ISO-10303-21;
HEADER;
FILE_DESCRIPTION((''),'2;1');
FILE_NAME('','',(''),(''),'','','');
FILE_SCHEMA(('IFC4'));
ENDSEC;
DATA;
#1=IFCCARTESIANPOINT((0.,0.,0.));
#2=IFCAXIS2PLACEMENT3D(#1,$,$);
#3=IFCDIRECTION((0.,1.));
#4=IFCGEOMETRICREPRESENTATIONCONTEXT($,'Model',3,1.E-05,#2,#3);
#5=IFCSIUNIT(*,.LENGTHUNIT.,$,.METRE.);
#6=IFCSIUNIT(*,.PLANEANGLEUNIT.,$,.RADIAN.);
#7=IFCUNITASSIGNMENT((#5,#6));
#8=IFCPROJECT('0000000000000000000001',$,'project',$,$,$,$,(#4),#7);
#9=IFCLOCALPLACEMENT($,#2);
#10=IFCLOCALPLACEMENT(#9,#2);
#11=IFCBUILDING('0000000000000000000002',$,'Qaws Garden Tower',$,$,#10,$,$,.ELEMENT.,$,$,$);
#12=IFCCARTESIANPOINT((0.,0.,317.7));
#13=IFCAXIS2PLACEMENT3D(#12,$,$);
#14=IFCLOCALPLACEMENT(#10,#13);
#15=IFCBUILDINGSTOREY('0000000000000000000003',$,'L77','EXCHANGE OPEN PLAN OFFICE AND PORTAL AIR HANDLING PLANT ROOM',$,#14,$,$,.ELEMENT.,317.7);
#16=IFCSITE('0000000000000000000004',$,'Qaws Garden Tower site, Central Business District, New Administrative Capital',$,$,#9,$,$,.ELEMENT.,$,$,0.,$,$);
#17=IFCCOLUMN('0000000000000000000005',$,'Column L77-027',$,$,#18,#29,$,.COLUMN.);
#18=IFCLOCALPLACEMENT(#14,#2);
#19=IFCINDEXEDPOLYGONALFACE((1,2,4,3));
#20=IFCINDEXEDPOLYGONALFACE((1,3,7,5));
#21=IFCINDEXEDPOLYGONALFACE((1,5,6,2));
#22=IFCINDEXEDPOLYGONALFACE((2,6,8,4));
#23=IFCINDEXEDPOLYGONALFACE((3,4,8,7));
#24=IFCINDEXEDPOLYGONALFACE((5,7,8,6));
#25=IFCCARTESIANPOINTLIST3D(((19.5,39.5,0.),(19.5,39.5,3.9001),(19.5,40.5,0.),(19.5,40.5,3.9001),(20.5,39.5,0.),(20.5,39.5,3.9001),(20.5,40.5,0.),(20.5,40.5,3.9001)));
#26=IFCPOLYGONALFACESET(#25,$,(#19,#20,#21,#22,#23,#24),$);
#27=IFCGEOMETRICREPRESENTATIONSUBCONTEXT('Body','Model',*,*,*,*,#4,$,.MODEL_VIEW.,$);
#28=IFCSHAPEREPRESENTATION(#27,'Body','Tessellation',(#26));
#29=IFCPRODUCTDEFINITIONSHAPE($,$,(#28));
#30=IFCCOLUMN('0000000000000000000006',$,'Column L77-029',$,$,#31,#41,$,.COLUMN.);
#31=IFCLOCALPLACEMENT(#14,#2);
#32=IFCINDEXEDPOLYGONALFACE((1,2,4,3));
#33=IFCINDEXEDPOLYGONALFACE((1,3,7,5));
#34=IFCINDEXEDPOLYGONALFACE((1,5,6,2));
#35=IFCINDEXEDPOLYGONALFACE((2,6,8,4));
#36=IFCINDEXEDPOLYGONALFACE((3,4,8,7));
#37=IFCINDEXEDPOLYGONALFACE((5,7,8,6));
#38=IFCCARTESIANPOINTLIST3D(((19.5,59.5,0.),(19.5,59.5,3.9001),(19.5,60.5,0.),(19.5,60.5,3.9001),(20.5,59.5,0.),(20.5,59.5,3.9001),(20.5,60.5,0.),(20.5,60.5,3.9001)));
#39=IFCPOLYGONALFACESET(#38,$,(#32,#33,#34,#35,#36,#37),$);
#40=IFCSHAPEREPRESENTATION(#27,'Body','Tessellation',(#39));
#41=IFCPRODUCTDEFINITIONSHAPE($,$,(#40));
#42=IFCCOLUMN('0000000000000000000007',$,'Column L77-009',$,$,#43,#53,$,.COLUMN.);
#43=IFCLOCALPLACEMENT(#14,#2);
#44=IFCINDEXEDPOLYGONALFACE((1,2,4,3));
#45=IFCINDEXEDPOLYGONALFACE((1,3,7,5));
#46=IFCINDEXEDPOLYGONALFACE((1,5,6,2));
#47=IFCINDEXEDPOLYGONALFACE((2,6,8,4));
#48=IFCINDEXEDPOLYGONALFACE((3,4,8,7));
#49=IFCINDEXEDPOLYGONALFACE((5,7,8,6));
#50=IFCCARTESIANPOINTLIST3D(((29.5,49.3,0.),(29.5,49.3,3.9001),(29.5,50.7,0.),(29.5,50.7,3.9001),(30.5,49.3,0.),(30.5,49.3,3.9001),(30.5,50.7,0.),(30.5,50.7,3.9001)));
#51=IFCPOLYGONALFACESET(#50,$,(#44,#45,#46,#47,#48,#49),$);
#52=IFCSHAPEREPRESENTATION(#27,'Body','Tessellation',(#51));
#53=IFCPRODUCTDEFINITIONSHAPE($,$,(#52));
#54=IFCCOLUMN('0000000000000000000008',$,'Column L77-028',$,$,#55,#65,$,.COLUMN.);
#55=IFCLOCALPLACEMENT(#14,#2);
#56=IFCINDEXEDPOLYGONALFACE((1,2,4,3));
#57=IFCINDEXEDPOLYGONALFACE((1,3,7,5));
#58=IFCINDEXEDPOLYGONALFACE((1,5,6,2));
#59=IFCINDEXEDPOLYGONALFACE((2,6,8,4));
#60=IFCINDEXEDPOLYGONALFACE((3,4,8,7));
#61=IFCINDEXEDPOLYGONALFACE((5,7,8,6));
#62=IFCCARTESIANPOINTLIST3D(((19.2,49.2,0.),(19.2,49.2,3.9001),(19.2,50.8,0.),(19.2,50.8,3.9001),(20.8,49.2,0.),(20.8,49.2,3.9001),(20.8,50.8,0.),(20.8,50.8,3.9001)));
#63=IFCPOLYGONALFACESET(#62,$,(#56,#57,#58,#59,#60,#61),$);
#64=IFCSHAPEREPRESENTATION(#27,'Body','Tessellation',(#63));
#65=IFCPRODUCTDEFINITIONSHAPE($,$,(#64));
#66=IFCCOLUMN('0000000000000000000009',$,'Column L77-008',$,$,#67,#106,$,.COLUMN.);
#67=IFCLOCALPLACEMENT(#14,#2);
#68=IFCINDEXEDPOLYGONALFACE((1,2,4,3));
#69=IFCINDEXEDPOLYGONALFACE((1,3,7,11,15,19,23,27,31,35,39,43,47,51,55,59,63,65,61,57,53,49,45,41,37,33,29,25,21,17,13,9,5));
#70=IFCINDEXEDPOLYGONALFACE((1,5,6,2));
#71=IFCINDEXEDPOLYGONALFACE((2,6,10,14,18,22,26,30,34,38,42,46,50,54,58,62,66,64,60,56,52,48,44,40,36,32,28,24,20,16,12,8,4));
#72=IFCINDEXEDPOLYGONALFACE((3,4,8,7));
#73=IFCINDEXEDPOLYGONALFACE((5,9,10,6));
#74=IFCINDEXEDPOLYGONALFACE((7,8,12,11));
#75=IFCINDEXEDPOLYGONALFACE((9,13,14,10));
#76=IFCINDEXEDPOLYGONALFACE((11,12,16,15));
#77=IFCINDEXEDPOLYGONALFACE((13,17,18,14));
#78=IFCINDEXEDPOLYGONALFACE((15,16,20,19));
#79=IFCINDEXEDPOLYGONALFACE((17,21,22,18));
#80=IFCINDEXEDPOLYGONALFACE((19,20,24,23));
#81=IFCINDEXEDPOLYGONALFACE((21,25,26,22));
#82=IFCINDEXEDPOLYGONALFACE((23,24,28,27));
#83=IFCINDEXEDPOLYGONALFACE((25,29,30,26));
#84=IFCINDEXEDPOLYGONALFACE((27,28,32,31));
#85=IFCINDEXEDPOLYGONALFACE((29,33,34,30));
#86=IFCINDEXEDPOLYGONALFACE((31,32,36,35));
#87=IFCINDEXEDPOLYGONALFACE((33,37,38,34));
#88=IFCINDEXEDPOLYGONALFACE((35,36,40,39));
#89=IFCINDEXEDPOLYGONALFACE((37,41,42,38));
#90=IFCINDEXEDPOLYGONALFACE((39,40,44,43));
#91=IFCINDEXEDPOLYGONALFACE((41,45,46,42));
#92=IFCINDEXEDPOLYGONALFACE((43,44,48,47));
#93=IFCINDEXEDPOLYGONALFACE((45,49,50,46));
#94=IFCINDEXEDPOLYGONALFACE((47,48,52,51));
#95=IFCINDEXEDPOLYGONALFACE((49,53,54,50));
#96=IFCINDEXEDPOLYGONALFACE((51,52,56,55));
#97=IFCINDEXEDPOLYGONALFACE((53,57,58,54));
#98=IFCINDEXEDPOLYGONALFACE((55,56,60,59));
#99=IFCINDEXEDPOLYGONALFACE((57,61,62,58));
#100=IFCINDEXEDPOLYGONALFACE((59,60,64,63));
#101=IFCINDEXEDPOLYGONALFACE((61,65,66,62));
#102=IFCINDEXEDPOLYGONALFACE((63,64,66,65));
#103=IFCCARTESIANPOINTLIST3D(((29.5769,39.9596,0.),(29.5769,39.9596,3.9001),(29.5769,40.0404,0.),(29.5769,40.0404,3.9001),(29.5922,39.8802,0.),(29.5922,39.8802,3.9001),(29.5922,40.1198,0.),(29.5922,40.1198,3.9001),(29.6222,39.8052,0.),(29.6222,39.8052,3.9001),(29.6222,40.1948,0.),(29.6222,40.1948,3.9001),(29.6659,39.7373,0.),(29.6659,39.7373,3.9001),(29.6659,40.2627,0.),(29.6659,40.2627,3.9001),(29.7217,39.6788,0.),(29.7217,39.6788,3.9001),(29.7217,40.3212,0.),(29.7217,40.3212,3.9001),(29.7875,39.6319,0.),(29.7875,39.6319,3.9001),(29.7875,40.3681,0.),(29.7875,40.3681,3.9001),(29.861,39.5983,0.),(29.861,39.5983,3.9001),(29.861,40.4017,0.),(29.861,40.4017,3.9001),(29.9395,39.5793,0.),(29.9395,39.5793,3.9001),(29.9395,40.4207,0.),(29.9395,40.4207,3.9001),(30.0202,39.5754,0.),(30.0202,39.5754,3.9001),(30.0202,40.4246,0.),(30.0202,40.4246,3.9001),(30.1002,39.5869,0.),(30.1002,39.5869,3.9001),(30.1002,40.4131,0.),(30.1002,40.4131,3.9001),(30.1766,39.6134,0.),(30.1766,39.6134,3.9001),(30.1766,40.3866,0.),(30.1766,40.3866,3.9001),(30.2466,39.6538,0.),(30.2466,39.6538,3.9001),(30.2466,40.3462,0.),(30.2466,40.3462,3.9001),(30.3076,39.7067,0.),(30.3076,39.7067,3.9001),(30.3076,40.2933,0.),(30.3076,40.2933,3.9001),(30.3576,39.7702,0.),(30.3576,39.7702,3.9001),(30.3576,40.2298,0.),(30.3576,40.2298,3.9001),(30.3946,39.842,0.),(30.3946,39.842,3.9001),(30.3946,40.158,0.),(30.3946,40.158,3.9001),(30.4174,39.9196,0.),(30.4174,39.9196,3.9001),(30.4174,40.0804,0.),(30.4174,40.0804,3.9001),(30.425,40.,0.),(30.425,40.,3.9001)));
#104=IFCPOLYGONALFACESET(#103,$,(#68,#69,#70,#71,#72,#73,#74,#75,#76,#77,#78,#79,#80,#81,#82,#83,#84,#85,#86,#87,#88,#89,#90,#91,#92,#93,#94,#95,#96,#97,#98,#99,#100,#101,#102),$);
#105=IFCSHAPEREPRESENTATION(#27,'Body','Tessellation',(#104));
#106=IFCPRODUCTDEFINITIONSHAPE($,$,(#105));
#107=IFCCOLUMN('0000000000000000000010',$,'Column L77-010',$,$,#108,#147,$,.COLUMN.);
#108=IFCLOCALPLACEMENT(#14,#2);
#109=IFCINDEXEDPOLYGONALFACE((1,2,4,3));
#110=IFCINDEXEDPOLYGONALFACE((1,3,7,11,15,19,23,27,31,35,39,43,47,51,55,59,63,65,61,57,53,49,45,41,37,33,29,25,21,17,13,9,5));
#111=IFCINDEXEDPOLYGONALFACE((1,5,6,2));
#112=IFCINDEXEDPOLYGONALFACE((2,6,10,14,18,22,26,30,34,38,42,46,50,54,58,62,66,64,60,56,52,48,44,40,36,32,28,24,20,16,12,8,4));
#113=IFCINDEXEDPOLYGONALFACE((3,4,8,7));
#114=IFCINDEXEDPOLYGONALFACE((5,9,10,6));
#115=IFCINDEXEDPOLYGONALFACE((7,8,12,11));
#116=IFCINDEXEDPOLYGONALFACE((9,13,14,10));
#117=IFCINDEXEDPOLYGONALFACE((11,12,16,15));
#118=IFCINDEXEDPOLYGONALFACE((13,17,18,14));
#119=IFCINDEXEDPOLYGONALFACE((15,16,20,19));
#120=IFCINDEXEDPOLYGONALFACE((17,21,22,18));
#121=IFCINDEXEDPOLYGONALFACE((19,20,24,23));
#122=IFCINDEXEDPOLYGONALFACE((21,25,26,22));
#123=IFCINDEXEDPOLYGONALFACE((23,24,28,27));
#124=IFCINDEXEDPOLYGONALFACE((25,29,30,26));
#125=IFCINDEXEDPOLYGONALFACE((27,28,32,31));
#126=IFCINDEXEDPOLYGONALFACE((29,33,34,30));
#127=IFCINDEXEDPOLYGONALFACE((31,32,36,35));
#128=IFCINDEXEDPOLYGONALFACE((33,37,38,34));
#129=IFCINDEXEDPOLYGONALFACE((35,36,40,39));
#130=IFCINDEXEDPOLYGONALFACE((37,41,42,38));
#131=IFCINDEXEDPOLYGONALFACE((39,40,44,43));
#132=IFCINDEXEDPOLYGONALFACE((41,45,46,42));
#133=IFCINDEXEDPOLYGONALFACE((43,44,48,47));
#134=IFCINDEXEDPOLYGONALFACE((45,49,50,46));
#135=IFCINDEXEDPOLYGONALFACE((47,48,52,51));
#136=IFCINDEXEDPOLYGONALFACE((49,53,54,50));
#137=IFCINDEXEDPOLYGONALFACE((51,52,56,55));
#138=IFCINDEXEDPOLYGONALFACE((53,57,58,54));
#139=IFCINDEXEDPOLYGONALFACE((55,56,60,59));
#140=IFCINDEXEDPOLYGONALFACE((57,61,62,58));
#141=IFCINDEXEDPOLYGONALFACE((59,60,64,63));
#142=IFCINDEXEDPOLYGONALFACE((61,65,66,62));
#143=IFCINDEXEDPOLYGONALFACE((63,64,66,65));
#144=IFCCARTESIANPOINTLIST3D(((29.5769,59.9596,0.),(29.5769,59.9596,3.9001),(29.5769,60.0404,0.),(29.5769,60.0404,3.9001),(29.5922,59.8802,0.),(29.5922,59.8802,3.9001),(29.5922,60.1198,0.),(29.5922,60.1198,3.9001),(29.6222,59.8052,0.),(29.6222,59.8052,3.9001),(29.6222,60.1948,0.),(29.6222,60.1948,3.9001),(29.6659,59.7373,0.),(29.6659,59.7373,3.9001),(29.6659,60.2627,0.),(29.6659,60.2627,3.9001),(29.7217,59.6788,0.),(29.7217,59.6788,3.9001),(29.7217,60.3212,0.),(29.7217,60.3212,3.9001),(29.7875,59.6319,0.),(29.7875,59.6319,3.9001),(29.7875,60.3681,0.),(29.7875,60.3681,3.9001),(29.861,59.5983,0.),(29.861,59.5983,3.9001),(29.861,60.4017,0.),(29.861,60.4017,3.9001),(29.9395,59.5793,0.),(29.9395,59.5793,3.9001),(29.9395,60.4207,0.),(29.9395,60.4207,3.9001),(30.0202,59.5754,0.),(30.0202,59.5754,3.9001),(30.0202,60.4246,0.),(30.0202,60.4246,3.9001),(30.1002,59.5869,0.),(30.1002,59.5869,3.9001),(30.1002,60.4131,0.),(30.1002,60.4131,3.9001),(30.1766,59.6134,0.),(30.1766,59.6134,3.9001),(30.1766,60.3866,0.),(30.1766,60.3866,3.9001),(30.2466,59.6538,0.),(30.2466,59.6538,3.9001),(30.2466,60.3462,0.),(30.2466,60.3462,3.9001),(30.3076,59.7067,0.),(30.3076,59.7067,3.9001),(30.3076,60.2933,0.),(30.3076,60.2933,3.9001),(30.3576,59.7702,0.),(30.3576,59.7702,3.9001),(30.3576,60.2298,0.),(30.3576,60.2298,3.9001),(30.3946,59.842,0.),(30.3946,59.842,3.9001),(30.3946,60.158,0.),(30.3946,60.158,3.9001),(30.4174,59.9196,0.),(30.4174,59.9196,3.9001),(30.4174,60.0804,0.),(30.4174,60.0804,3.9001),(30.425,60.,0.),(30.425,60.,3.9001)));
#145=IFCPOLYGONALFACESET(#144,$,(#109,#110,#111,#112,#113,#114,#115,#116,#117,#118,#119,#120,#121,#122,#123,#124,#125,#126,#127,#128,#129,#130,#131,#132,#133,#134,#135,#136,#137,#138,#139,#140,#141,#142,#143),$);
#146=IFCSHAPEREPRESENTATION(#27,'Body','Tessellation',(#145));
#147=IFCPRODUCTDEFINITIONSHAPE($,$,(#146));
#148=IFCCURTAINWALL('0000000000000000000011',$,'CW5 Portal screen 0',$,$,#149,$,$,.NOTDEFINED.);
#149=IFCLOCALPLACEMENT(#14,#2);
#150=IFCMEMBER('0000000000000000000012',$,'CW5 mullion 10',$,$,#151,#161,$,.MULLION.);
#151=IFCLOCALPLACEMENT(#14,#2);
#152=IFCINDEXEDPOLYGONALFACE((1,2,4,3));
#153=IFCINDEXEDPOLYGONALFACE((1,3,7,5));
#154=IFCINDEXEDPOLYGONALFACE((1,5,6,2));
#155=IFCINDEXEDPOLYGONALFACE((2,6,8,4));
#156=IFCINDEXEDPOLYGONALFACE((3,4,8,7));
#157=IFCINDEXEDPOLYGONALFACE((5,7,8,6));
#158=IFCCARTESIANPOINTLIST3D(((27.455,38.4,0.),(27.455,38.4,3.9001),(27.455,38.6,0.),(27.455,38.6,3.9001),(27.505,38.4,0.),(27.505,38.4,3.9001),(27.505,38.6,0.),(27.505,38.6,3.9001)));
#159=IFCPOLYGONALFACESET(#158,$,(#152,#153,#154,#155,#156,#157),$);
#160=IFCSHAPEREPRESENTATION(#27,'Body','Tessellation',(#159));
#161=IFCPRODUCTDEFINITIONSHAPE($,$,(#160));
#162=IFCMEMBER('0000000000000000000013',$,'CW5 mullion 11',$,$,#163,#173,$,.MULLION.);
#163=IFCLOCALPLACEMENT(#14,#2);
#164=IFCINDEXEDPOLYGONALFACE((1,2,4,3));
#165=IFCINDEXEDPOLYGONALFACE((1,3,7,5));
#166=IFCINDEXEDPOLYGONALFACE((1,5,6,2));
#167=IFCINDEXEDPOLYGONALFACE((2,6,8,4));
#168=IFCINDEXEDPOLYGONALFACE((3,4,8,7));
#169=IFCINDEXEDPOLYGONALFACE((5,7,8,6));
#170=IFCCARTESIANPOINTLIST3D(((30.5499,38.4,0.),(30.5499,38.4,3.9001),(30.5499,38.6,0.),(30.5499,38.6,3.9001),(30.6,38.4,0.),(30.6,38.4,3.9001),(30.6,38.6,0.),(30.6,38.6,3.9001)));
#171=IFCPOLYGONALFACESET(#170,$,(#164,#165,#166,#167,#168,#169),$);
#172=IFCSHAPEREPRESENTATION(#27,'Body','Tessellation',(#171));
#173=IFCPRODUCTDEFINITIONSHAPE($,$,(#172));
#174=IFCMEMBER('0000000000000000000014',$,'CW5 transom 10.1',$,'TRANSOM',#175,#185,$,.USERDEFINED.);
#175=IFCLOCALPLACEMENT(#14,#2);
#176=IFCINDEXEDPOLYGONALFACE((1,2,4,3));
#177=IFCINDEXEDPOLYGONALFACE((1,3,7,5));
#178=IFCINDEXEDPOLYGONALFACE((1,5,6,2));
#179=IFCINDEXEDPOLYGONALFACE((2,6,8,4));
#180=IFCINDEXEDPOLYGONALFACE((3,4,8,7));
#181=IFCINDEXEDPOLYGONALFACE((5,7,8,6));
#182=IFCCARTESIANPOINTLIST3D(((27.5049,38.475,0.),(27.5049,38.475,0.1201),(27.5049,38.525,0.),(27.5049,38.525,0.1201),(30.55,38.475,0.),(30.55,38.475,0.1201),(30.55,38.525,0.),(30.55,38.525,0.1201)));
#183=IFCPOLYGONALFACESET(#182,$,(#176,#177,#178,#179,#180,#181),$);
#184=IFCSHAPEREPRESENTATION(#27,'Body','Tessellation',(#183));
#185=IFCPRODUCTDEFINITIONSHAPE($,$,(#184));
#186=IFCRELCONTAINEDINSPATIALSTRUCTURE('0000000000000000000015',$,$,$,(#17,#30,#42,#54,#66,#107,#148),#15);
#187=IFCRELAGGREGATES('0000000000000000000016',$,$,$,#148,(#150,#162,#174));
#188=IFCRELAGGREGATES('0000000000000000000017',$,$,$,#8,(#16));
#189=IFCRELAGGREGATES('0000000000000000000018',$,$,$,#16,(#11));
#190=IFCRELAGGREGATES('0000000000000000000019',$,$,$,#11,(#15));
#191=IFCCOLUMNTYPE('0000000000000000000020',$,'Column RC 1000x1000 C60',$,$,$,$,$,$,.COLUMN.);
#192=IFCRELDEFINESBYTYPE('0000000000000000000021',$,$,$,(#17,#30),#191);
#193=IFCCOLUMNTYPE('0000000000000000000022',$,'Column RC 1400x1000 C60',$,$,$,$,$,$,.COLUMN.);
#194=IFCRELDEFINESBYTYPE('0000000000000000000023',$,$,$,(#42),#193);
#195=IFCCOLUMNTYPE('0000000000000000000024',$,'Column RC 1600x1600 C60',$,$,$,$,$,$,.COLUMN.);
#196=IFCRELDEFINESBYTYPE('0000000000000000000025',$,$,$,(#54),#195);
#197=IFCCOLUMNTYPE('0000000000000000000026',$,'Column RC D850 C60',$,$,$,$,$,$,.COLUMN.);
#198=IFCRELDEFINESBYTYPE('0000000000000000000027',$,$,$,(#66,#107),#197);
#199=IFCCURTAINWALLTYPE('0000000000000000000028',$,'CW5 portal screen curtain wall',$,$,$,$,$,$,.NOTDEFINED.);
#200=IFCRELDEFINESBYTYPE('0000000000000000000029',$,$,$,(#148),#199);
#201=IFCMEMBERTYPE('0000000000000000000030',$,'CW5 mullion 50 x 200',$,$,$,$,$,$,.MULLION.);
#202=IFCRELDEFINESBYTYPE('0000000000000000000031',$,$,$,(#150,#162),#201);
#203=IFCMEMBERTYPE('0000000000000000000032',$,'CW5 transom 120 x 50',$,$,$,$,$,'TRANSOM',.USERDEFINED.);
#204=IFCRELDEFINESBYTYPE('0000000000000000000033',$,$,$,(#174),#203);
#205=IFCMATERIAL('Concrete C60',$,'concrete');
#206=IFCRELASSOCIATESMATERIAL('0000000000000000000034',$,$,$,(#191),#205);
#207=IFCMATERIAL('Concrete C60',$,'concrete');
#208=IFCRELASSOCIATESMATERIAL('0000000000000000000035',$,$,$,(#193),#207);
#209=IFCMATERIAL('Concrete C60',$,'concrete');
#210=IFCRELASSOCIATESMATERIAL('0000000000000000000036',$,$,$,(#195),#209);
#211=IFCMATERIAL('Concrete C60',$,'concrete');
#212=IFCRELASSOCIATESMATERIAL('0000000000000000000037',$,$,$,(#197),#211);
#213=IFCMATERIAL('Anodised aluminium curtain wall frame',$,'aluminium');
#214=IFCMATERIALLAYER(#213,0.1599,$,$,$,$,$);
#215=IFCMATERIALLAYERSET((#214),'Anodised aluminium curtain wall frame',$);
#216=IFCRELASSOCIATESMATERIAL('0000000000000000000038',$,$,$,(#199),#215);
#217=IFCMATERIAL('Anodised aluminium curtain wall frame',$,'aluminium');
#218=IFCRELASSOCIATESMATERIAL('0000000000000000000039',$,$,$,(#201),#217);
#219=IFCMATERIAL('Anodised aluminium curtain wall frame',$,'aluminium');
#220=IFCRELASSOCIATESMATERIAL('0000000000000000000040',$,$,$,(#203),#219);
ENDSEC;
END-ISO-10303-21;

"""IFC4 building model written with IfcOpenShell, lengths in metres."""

from ifc_helpers import new_model, si_unit, direction, frame, origin, origin_2d, place, context, subcontext, project, spatial, rectangle, circle, extrude, material, layer, layer_set, material_profile, profile_set, type_object, element, aggregate, save


model = new_model("IFC4")

# Units and contexts
model_context = context("Model", 3, precision=1e-05, world=origin(), true_north=direction((0.0, 1.0)))
body_context = subcontext(model_context, "Body", "Model", "MODEL_VIEW")
ifc_project = project(units=[si_unit("LENGTHUNIT", "METRE"), si_unit("PLANEANGLEUNIT", "RADIAN")], contexts=[model_context])

# Site, building, storey
site_placement = place(None, origin())
site = spatial("IfcSite", under=ifc_project, at=site_placement, Name="Qaws Garden Tower site, Central Business District, New Administrative Capital", CompositionType="ELEMENT", RefElevation=0.0)
building_placement = place(site_placement, origin())
building = spatial("IfcBuilding", under=site, at=building_placement, Name="Qaws Garden Tower", CompositionType="ELEMENT")
storey_placement = place(building_placement, frame((0.0, 0.0, 317.7)))
storey = spatial("IfcBuildingStorey", under=building, at=storey_placement, Name="L77", Description="EXCHANGE OPEN PLAN OFFICE AND PORTAL AIR HANDLING PLANT ROOM", CompositionType="ELEMENT", Elevation=317.7)

# Columns
ifc_material_1 = material(Name="Concrete C60", Category="concrete")
ifc_material_profile_1 = material_profile(ifc_material_1, rectangle(XDim=1.0, YDim=1.0, at=origin_2d()), Name="RC 1000x1000")
ifc_profile_set_1 = profile_set([ifc_material_profile_1], Name="Concrete C60")
column_type_1 = type_object("IfcColumnType", Name="Column RC 1000x1000 C60", PredefinedType="COLUMN", material=ifc_profile_set_1)
for number, where, z_axis, x_axis, name in (
    (1, (20.0, 40.0, 0.0), (0.0, 0.0, 1.0), (1.0, 0.0, 0.0), "Column L77-027"),
    (2, (20.0, 60.0, 0.0), (0.0, 0.0, 1.0), (1.0, 0.0, 0.0), "Column L77-029"),
):
    element("IfcColumn", number, at=place(storey_placement, frame(where, z_axis=z_axis, x_axis=x_axis)), inside=storey, type_object=column_type_1, Name=name, PredefinedType="COLUMN", context=body_context, shape_type="SweptSolid", body=[
        extrude(rectangle(XDim=1.0, YDim=1.0, at=origin_2d()), origin(), (0.0, 0.0, 1.0), 3.9001),
    ])
ifc_material_2 = material(Name="Concrete C60", Category="concrete")
ifc_material_profile_2 = material_profile(ifc_material_2, rectangle(XDim=1.3999, YDim=1.0, at=origin_2d()), Name="RC 1400x1000")
ifc_profile_set_2 = profile_set([ifc_material_profile_2], Name="Concrete C60")
column_type_2 = type_object("IfcColumnType", Name="Column RC 1400x1000 C60", PredefinedType="COLUMN", material=ifc_profile_set_2)
column_1_placement = place(storey_placement, frame((30.0, 50.0, 0.0), z_axis=(0.0, 0.0, 1.0), x_axis=(0.0, 1.0, 0.0)))
element("IfcColumn", 3, at=column_1_placement, inside=storey, type_object=column_type_2, Name="Column L77-009", PredefinedType="COLUMN", context=body_context, shape_type="SweptSolid", body=[
    extrude(rectangle(XDim=1.3999, YDim=1.0, at=origin_2d()), origin(), (0.0, 0.0, 1.0), 3.9001),
])
ifc_material_3 = material(Name="Concrete C60", Category="concrete")
ifc_material_profile_3 = material_profile(ifc_material_3, rectangle(XDim=1.6001, YDim=1.6001, at=origin_2d()), Name="RC 1600x1600")
ifc_profile_set_3 = profile_set([ifc_material_profile_3], Name="Concrete C60")
column_type_3 = type_object("IfcColumnType", Name="Column RC 1600x1600 C60", PredefinedType="COLUMN", material=ifc_profile_set_3)
column_2_placement = place(storey_placement, frame((20.0, 50.0, 0.0), z_axis=(0.0, 0.0, 1.0), x_axis=(1.0, 0.0, 0.0)))
element("IfcColumn", 4, at=column_2_placement, inside=storey, type_object=column_type_3, Name="Column L77-028", PredefinedType="COLUMN", context=body_context, shape_type="SweptSolid", body=[
    extrude(rectangle(XDim=1.6001, YDim=1.6001, at=origin_2d()), origin(), (0.0, 0.0, 1.0), 3.9001),
])
ifc_material_4 = material(Name="Concrete C60", Category="concrete")
ifc_material_profile_4 = material_profile(ifc_material_4, circle(Radius=0.425, at=origin_2d()), Name="RC D850")
ifc_profile_set_4 = profile_set([ifc_material_profile_4], Name="Concrete C60")
column_type_4 = type_object("IfcColumnType", Name="Column RC D850 C60", PredefinedType="COLUMN", material=ifc_profile_set_4)
for number, where, z_axis, x_axis, name in (
    (5, (30.0, 40.0, 0.0), (0.0, 0.0, 1.0), (1.0, 0.0, 0.0), "Column L77-008"),
    (6, (30.0, 60.0, 0.0), (0.0, 0.0, 1.0), (1.0, 0.0, 0.0), "Column L77-010"),
):
    element("IfcColumn", number, at=place(storey_placement, frame(where, z_axis=z_axis, x_axis=x_axis)), inside=storey, type_object=column_type_4, Name=name, PredefinedType="COLUMN", context=body_context, shape_type="SweptSolid", body=[
        extrude(circle(Radius=0.425, at=origin_2d()), origin(), (0.0, 0.0, 1.0), 3.9001),
    ])

# Curtain wall, members
ifc_material_5 = material(Name="Anodised aluminium curtain wall frame", Category="aluminium")
ifc_layer_1 = layer(ifc_material_5, 0.1599)
ifc_layer_set_1 = layer_set([ifc_layer_1], Name="Anodised aluminium curtain wall frame")
curtain_wall_type = type_object("IfcCurtainWallType", Name="CW5 portal screen curtain wall", PredefinedType="NOTDEFINED", material=ifc_layer_set_1)
curtain_wall_placement = place(storey_placement, origin())
curtain_wall = element("IfcCurtainWall", 7, at=curtain_wall_placement, inside=storey, type_object=curtain_wall_type, Name="CW5 Portal screen 0", PredefinedType="NOTDEFINED")
ifc_material_6 = material(Name="Anodised aluminium curtain wall frame", Category="aluminium")
ifc_material_profile_5 = material_profile(ifc_material_6, rectangle(XDim=0.2, YDim=0.05, at=origin_2d()), Name="AL 50x200")
ifc_profile_set_5 = profile_set([ifc_material_profile_5], Name="Anodised aluminium curtain wall frame")
member_type_1 = type_object("IfcMemberType", Name="CW5 mullion 50 x 200", PredefinedType="MULLION", material=ifc_profile_set_5)
member_1_placement = place(storey_placement, frame((27.48, 38.5, 0.0), z_axis=(0.0, 0.0, 1.0), x_axis=(0.0, 1.0, 0.0)))
member_1 = element("IfcMember", 8, at=member_1_placement, type_object=member_type_1, Name="CW5 mullion 10", PredefinedType="MULLION", context=body_context, shape_type="SweptSolid", body=[
    extrude(rectangle(XDim=0.2, YDim=0.05, at=origin_2d()), origin(), (0.0, 0.0, 1.0), 3.9001),
])
member_2_placement = place(storey_placement, frame((30.575, 38.5, 0.0), z_axis=(0.0, 0.0, 1.0), x_axis=(0.0, 1.0, 0.0)))
member_2 = element("IfcMember", 9, at=member_2_placement, type_object=member_type_1, Name="CW5 mullion 11", PredefinedType="MULLION", context=body_context, shape_type="SweptSolid", body=[
    extrude(rectangle(XDim=0.2, YDim=0.05, at=origin_2d()), origin(), (0.0, 0.0, 1.0), 3.9001),
])
ifc_material_7 = material(Name="Anodised aluminium curtain wall frame", Category="aluminium")
ifc_material_profile_6 = material_profile(ifc_material_7, rectangle(XDim=0.05, YDim=0.1201, at=origin_2d()), Name="AL 50x120")
ifc_profile_set_6 = profile_set([ifc_material_profile_6], Name="Anodised aluminium curtain wall frame")
member_type_2 = type_object("IfcMemberType", Name="CW5 transom 120 x 50", ElementType="TRANSOM", PredefinedType="USERDEFINED", material=ifc_profile_set_6)
member_3_placement = place(storey_placement, frame((27.5049, 38.5, 0.0601), z_axis=(1.0, 0.0, 0.0), x_axis=(0.0, 1.0, 0.0)))
member_3 = element("IfcMember", 10, at=member_3_placement, type_object=member_type_2, Name="CW5 transom 10.1", ObjectType="TRANSOM", PredefinedType="USERDEFINED", context=body_context, shape_type="SweptSolid", body=[
    extrude(rectangle(XDim=0.05, YDim=0.1201, at=origin_2d()), origin(), (0.0, 0.0, 1.0), 3.0452),
])

aggregate(curtain_wall, [member_1, member_2, member_3])

save(model, "model.ifc")
